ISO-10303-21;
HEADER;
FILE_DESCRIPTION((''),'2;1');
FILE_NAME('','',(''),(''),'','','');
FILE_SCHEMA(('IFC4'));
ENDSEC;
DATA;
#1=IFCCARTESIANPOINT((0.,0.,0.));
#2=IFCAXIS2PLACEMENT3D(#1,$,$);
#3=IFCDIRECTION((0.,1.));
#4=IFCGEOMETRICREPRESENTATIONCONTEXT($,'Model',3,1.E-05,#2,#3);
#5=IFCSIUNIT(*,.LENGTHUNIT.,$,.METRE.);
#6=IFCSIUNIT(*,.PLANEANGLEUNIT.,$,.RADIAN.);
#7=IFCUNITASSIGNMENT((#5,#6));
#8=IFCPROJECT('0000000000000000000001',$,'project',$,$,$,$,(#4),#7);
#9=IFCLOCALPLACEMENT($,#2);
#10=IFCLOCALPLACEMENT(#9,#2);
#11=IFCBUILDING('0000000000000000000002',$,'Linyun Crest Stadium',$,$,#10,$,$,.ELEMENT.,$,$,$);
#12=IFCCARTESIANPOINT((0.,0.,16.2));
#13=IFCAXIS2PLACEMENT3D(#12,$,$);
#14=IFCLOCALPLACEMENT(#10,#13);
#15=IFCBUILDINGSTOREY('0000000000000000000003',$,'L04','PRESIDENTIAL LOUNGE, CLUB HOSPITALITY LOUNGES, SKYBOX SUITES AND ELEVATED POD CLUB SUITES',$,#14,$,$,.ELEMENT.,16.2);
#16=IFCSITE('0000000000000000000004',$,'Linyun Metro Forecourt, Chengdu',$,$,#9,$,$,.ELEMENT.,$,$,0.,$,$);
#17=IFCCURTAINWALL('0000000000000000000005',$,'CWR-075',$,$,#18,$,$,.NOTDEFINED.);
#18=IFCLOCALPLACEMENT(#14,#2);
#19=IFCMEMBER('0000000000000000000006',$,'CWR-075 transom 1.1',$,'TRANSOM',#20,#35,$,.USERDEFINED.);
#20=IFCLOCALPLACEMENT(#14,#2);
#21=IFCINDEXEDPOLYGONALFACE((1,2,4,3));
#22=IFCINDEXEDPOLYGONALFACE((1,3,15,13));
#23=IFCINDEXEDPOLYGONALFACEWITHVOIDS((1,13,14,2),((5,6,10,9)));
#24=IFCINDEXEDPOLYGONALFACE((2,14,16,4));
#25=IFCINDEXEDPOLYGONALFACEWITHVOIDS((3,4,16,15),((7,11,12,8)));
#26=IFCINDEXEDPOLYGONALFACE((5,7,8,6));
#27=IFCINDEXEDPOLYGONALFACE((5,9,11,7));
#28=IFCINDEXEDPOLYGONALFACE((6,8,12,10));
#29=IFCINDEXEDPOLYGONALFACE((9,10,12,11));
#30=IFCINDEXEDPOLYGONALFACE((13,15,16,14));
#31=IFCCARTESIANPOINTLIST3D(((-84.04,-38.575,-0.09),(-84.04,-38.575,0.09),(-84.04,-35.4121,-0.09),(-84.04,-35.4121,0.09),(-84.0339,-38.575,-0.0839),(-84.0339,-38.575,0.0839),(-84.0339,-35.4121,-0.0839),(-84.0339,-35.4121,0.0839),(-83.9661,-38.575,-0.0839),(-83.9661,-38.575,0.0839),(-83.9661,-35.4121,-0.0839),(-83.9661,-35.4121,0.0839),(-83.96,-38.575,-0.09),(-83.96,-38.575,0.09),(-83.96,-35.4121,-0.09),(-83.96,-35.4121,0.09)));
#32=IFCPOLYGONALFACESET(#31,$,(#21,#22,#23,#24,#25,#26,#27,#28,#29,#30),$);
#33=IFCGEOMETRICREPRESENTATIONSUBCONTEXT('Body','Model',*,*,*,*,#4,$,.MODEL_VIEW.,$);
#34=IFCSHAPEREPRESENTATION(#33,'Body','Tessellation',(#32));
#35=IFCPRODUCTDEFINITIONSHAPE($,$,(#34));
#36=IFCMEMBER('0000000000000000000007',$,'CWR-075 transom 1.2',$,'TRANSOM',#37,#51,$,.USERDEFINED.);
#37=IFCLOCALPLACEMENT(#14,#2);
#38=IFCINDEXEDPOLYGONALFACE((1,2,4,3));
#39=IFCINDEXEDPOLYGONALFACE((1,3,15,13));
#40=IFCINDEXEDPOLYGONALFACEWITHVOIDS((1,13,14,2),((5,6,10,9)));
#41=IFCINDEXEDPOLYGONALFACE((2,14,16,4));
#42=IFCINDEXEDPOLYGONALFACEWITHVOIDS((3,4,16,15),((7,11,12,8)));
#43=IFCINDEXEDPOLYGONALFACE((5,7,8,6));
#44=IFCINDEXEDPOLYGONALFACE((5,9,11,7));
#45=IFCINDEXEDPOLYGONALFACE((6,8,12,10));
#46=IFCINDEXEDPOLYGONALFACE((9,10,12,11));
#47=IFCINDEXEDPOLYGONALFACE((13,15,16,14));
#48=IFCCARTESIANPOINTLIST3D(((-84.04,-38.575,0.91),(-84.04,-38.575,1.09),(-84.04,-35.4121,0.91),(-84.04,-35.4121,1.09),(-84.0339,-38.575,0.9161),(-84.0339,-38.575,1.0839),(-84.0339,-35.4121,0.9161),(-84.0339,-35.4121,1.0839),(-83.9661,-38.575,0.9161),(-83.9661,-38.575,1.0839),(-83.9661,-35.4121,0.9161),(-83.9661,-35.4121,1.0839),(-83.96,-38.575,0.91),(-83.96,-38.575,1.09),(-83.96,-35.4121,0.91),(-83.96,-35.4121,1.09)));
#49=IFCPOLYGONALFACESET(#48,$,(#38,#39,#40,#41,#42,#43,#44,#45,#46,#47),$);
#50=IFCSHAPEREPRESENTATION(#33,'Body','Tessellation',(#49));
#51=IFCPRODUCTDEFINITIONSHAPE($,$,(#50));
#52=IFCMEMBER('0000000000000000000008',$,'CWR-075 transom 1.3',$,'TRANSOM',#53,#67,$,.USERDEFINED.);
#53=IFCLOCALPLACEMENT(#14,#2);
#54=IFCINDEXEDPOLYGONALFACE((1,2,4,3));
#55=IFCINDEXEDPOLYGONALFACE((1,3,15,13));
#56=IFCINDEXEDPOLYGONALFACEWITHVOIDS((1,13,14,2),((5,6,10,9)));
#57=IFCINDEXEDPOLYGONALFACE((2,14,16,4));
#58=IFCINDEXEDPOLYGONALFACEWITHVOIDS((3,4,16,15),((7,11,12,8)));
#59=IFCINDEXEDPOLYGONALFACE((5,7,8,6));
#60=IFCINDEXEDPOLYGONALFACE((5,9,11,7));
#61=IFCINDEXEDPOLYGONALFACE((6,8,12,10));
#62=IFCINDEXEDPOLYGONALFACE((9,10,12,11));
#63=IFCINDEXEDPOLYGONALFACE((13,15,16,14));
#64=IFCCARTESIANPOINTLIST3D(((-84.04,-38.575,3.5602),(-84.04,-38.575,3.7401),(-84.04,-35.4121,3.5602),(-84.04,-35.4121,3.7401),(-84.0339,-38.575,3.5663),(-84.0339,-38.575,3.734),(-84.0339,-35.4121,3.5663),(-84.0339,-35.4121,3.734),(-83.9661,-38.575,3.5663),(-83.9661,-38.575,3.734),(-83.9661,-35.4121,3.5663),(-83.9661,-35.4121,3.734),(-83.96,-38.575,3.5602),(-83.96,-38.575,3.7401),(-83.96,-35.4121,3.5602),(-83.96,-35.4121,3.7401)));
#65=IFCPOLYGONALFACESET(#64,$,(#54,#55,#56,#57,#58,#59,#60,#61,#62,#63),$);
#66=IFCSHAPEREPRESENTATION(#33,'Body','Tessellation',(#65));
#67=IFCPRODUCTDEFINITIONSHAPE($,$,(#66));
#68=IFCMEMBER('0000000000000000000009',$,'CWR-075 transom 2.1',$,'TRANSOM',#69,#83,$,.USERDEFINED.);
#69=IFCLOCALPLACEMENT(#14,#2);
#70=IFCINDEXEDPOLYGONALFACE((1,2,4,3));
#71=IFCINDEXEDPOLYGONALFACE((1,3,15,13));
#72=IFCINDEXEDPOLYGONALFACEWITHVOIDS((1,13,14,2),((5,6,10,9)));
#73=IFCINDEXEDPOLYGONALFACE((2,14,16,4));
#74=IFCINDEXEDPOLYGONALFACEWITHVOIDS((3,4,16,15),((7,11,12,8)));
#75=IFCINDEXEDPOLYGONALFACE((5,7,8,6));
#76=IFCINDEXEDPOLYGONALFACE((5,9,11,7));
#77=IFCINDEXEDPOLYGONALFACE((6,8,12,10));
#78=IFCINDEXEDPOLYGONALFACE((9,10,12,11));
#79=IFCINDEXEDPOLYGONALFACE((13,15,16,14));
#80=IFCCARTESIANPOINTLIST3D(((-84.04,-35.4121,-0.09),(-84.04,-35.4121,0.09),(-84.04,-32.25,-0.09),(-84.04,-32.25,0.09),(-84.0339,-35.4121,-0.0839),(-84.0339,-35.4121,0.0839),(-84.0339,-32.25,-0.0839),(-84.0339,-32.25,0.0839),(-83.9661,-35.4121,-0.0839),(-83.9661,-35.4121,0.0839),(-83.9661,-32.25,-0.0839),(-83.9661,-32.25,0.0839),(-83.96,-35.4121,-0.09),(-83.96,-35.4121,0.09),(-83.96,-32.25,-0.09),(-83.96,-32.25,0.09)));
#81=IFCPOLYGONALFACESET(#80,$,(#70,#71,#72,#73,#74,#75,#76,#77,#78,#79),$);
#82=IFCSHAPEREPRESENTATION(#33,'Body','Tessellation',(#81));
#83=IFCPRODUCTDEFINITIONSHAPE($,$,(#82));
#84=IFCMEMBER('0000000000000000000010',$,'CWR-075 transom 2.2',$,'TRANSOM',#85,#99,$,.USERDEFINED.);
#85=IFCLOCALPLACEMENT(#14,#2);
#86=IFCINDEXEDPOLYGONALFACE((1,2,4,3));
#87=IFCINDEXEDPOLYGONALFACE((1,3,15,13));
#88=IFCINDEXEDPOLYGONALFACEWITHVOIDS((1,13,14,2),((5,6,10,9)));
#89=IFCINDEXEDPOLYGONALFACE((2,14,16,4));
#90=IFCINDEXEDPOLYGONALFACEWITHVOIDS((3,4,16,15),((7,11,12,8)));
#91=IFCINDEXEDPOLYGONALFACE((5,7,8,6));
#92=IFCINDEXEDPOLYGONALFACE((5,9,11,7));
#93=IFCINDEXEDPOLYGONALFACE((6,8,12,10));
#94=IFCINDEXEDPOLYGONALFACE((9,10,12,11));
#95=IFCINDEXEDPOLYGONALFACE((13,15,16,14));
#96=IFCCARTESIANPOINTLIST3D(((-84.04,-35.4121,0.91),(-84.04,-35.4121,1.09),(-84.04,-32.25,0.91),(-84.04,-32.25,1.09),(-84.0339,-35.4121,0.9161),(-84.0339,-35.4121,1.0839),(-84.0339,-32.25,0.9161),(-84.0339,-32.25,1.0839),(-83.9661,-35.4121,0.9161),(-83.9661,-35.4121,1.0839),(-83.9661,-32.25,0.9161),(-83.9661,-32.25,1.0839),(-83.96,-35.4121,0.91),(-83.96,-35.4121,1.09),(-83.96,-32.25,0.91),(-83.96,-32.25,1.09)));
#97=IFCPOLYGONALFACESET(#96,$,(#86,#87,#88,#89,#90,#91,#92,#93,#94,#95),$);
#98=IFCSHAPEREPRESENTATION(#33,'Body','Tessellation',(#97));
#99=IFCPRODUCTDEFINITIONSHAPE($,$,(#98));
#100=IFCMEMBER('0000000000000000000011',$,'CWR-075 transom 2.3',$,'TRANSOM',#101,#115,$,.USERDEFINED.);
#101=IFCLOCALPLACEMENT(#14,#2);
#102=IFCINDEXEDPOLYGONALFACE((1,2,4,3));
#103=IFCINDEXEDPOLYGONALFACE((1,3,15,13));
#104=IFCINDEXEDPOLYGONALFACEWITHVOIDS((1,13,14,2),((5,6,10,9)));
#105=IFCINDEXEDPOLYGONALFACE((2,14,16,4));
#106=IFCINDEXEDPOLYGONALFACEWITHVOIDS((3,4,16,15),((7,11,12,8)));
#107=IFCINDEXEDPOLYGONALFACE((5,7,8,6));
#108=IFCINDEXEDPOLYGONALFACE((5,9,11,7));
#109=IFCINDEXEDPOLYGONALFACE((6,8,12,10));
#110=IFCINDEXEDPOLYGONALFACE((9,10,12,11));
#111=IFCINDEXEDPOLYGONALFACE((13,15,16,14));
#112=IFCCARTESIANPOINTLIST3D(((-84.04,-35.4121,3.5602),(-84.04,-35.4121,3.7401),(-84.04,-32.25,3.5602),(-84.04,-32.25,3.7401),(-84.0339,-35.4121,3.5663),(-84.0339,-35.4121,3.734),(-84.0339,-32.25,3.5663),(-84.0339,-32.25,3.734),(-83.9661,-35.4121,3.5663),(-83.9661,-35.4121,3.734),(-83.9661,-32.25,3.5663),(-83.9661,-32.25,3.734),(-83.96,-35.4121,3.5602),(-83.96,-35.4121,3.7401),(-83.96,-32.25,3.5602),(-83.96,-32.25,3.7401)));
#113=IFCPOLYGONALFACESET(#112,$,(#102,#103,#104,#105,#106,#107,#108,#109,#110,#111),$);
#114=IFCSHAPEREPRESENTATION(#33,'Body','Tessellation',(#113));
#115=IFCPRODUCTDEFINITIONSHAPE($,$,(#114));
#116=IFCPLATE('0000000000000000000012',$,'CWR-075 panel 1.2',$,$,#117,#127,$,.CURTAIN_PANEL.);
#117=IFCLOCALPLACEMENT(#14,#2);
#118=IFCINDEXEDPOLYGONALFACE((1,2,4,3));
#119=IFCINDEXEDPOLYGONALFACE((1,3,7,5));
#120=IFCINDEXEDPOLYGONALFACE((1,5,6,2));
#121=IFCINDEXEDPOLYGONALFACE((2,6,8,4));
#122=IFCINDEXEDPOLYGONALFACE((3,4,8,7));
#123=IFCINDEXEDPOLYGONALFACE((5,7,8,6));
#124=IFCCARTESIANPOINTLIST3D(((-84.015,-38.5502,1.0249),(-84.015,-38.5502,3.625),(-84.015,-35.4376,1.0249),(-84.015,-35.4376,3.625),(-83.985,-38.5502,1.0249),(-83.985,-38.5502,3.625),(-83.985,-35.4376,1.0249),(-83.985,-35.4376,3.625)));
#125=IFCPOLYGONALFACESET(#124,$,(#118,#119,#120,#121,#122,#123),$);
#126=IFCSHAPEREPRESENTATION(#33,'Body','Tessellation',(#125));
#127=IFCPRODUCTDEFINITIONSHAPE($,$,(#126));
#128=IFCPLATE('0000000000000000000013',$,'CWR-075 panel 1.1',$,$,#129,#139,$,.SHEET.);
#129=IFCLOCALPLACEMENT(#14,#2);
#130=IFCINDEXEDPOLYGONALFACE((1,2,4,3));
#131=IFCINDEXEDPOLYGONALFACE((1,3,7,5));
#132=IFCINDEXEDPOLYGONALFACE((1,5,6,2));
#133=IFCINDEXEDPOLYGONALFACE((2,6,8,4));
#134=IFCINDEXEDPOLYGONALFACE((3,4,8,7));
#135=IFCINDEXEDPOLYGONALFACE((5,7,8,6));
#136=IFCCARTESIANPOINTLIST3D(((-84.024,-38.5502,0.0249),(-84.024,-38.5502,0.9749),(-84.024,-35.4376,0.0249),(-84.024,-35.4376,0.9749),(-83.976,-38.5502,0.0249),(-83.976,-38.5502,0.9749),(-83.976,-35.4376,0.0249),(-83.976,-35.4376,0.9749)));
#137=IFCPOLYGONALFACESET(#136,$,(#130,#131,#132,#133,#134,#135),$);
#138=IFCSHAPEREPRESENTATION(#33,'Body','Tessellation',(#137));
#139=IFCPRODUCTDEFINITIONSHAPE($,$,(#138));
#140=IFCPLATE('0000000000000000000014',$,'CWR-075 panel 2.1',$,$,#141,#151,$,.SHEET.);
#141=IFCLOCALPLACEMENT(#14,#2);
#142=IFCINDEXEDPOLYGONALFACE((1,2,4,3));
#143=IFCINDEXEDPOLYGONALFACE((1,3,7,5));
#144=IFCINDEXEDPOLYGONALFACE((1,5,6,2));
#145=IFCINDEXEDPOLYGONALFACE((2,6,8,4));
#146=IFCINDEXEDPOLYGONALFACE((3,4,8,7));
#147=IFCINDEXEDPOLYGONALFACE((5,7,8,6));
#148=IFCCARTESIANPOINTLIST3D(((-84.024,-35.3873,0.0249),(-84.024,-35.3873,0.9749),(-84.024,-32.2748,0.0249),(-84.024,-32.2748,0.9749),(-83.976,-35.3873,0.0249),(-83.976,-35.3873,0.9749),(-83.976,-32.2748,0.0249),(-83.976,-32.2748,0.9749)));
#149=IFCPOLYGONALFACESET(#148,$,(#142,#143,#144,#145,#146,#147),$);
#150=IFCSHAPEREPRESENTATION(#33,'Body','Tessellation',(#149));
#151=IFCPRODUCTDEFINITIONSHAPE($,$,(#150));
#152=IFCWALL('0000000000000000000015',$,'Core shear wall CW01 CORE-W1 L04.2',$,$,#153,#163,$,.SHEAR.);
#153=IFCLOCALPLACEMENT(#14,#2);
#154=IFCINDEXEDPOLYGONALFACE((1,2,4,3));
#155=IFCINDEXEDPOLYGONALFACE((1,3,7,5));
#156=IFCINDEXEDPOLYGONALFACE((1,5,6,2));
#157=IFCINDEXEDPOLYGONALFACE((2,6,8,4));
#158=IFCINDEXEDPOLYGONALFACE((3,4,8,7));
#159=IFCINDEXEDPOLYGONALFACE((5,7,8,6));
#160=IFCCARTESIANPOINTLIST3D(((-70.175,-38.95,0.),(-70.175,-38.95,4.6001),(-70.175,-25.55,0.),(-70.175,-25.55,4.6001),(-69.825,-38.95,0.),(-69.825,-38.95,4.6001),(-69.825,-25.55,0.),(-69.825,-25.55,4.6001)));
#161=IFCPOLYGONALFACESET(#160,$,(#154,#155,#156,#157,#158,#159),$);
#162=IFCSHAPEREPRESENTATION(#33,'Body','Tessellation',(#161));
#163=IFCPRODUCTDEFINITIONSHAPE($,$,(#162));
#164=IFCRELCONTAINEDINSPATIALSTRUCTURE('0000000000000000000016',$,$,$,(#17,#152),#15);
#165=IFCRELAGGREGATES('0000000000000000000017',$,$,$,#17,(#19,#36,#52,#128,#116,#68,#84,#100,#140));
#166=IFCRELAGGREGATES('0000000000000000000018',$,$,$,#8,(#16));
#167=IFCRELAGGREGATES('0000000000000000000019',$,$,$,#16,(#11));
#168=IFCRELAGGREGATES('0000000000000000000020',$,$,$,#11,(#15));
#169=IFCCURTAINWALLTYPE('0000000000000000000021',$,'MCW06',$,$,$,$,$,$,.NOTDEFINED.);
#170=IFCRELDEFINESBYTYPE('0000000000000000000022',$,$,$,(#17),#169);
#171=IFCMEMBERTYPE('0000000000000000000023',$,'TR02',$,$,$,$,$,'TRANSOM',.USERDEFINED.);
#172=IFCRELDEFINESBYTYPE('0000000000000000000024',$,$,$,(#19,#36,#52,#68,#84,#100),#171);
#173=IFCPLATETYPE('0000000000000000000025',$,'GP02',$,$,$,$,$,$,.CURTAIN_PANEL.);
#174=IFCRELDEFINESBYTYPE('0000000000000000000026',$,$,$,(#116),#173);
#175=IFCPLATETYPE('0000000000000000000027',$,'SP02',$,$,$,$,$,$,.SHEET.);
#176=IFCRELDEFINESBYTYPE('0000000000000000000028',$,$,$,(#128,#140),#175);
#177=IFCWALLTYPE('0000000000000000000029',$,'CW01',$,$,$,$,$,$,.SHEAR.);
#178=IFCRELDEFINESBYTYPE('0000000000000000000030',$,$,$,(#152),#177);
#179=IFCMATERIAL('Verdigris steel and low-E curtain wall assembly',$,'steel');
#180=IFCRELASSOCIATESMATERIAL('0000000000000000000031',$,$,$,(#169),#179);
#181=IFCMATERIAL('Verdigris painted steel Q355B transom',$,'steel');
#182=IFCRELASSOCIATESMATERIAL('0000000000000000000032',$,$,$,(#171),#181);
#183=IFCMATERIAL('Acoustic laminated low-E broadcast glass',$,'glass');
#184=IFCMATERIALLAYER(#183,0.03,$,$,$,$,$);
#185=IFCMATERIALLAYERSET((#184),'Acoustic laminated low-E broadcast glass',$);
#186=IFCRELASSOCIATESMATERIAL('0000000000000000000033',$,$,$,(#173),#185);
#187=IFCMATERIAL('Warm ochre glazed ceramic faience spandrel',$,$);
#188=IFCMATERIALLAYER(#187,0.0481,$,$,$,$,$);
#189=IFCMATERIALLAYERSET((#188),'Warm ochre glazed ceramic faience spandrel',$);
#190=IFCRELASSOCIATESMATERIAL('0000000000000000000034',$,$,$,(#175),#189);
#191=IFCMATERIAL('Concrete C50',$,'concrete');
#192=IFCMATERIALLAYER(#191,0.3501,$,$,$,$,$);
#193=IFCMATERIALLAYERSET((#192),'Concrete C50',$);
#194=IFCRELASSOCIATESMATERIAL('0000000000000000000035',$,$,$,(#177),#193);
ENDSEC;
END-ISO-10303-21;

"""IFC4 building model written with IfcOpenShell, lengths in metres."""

from ifc_helpers import new_model, si_unit, direction, frame, frame_2d, origin, origin_2d, place, context, subcontext, project, spatial, rectangle, hollow_rectangle, extrude, material, layer, layer_set, material_profile, profile_set, type_object, element, aggregate, save


model = new_model("IFC4")

# Units and contexts
model_context = context("Model", 3, precision=1e-05, world=origin(), true_north=direction((0.0, 1.0)))
body_context = subcontext(model_context, "Body", "Model", "MODEL_VIEW")
ifc_project = project(units=[si_unit("LENGTHUNIT", "METRE"), si_unit("PLANEANGLEUNIT", "RADIAN")], contexts=[model_context])

# Site, building, storey
site_placement = place(None, origin())
site = spatial("IfcSite", under=ifc_project, at=site_placement, Name="Linyun Metro Forecourt, Chengdu", CompositionType="ELEMENT", RefElevation=0.0)
building_placement = place(site_placement, origin())
building = spatial("IfcBuilding", under=site, at=building_placement, Name="Linyun Crest Stadium", CompositionType="ELEMENT")
storey_placement = place(building_placement, frame((0.0, 0.0, 16.2)))
storey = spatial("IfcBuildingStorey", under=building, at=storey_placement, Name="L04", Description="PRESIDENTIAL LOUNGE, CLUB HOSPITALITY LOUNGES, SKYBOX SUITES AND ELEVATED POD CLUB SUITES", CompositionType="ELEMENT", Elevation=16.2)

# Curtain wall, members, plates
ifc_material_1 = material(Name="Verdigris steel and low-E curtain wall assembly", Category="steel")
curtain_wall_type = type_object("IfcCurtainWallType", Name="MCW06", PredefinedType="NOTDEFINED", material=ifc_material_1)
curtain_wall_placement = place(storey_placement, origin())
curtain_wall = element("IfcCurtainWall", 1, at=curtain_wall_placement, inside=storey, type_object=curtain_wall_type, Name="CWR-075", PredefinedType="NOTDEFINED")
ifc_material_2 = material(Name="Verdigris painted steel Q355B transom", Category="steel")
ifc_material_profile_1 = material_profile(ifc_material_2, hollow_rectangle(XDim=0.0801, YDim=0.1799, WallThickness=0.0061, at=origin_2d()), Name="RHS 180x80x6")
ifc_profile_set_1 = profile_set([ifc_material_profile_1], Name="Verdigris painted steel Q355B transom")
member_type_1 = type_object("IfcMemberType", Name="TR02", ElementType="TRANSOM", PredefinedType="USERDEFINED", material=ifc_profile_set_1)
member_1_placement = place(storey_placement, frame((-84.0, -38.575, 0.0), z_axis=(0.0, 1.0, 0.0), x_axis=(-1.0, 0.0, 0.0)))
member_1 = element("IfcMember", 2, at=member_1_placement, type_object=member_type_1, Name="CWR-075 transom 1.1", ObjectType="TRANSOM", PredefinedType="USERDEFINED", context=body_context, shape_type="SweptSolid", body=[
    extrude(hollow_rectangle(XDim=0.0801, YDim=0.1799, WallThickness=0.0061, at=origin_2d()), origin(), (0.0, 0.0, 1.0), 3.1628),
])
member_2_placement = place(storey_placement, frame((-84.0, -38.575, 1.0), z_axis=(0.0, 1.0, 0.0), x_axis=(-1.0, 0.0, 0.0)))
member_2 = element("IfcMember", 3, at=member_2_placement, type_object=member_type_1, Name="CWR-075 transom 1.2", ObjectType="TRANSOM", PredefinedType="USERDEFINED", context=body_context, shape_type="SweptSolid", body=[
    extrude(hollow_rectangle(XDim=0.0801, YDim=0.1799, WallThickness=0.0061, at=origin_2d()), origin(), (0.0, 0.0, 1.0), 3.1628),
])
member_3_placement = place(storey_placement, frame((-84.0, -38.575, 3.6501), z_axis=(0.0, 1.0, 0.0), x_axis=(-1.0, 0.0, 0.0)))
member_3 = element("IfcMember", 4, at=member_3_placement, type_object=member_type_1, Name="CWR-075 transom 1.3", ObjectType="TRANSOM", PredefinedType="USERDEFINED", context=body_context, shape_type="SweptSolid", body=[
    extrude(hollow_rectangle(XDim=0.0801, YDim=0.1799, WallThickness=0.0061, at=origin_2d()), origin(), (0.0, 0.0, 1.0), 3.1628),
])
member_4_placement = place(storey_placement, frame((-84.0, -35.4121, 0.0), z_axis=(0.0, 1.0, 0.0), x_axis=(-1.0, 0.0, 0.0)))
member_4 = element("IfcMember", 5, at=member_4_placement, type_object=member_type_1, Name="CWR-075 transom 2.1", ObjectType="TRANSOM", PredefinedType="USERDEFINED", context=body_context, shape_type="SweptSolid", body=[
    extrude(hollow_rectangle(XDim=0.0801, YDim=0.1799, WallThickness=0.0061, at=origin_2d()), origin(), (0.0, 0.0, 1.0), 3.1621),
])
member_5_placement = place(storey_placement, frame((-84.0, -35.4121, 1.0), z_axis=(0.0, 1.0, 0.0), x_axis=(-1.0, 0.0, 0.0)))
member_5 = element("IfcMember", 6, at=member_5_placement, type_object=member_type_1, Name="CWR-075 transom 2.2", ObjectType="TRANSOM", PredefinedType="USERDEFINED", context=body_context, shape_type="SweptSolid", body=[
    extrude(hollow_rectangle(XDim=0.0801, YDim=0.1799, WallThickness=0.0061, at=origin_2d()), origin(), (0.0, 0.0, 1.0), 3.1621),
])
member_6_placement = place(storey_placement, frame((-84.0, -35.4121, 3.6501), z_axis=(0.0, 1.0, 0.0), x_axis=(-1.0, 0.0, 0.0)))
member_6 = element("IfcMember", 7, at=member_6_placement, type_object=member_type_1, Name="CWR-075 transom 2.3", ObjectType="TRANSOM", PredefinedType="USERDEFINED", context=body_context, shape_type="SweptSolid", body=[
    extrude(hollow_rectangle(XDim=0.0801, YDim=0.1799, WallThickness=0.0061, at=origin_2d()), origin(), (0.0, 0.0, 1.0), 3.1621),
])
ifc_material_3 = material(Name="Acoustic laminated low-E broadcast glass", Category="glass")
ifc_layer_1 = layer(ifc_material_3, 0.03)
ifc_layer_set_1 = layer_set([ifc_layer_1], Name="Acoustic laminated low-E broadcast glass")
plate_type_1 = type_object("IfcPlateType", Name="GP02", PredefinedType="CURTAIN_PANEL", material=ifc_layer_set_1)
plate_1_placement = place(storey_placement, frame((-84.0, -36.9939, 1.0249), z_axis=(0.0, 0.0, 1.0), x_axis=(0.0, 1.0, 0.0)))
plate_1 = element("IfcPlate", 8, at=plate_1_placement, type_object=plate_type_1, Name="CWR-075 panel 1.2", PredefinedType="CURTAIN_PANEL", context=body_context, shape_type="SweptSolid", body=[
    extrude(rectangle(XDim=3.1125, YDim=0.03, at=origin_2d()), origin(), (0.0, 0.0, 1.0), 2.6001),
])
ifc_material_4 = material(Name="Warm ochre glazed ceramic faience spandrel")
ifc_layer_2 = layer(ifc_material_4, 0.0481)
ifc_layer_set_2 = layer_set([ifc_layer_2], Name="Warm ochre glazed ceramic faience spandrel")
plate_type_2 = type_object("IfcPlateType", Name="SP02", PredefinedType="SHEET", material=ifc_layer_set_2)
plate_2_placement = place(storey_placement, frame((-84.0, -36.9939, 0.0249), z_axis=(0.0, 0.0, 1.0), x_axis=(0.0, 1.0, 0.0)))
plate_2 = element("IfcPlate", 9, at=plate_2_placement, type_object=plate_type_2, Name="CWR-075 panel 1.1", PredefinedType="SHEET", context=body_context, shape_type="SweptSolid", body=[
    extrude(rectangle(XDim=3.1125, YDim=0.0481, at=origin_2d()), origin(), (0.0, 0.0, 1.0), 0.95),
])
plate_3_placement = place(storey_placement, frame((-84.0, -33.8311, 0.0249), z_axis=(0.0, 0.0, 1.0), x_axis=(0.0, 1.0, 0.0)))
plate_3 = element("IfcPlate", 10, at=plate_3_placement, type_object=plate_type_2, Name="CWR-075 panel 2.1", PredefinedType="SHEET", context=body_context, shape_type="SweptSolid", body=[
    extrude(rectangle(XDim=3.1125, YDim=0.0481, at=origin_2d()), origin(), (0.0, 0.0, 1.0), 0.95),
])
aggregate(curtain_wall, [member_1, member_2, member_3, plate_2, plate_1, member_4, member_5, member_6, plate_3])

# Wall
ifc_material_5 = material(Name="Concrete C50", Category="concrete")
ifc_layer_3 = layer(ifc_material_5, 0.3501)
ifc_layer_set_3 = layer_set([ifc_layer_3], Name="Concrete C50")
wall_type_1 = type_object("IfcWallType", Name="CW01", PredefinedType="SHEAR", material=ifc_layer_set_3)
wall_1_placement = place(storey_placement, frame((-70.0, -38.95, 0.0), z_axis=(0.0, 0.0, 1.0), x_axis=(0.0, 1.0, 0.0)))
element("IfcWall", 11, at=wall_1_placement, inside=storey, type_object=wall_type_1, Name="Core shear wall CW01 CORE-W1 L04.2", PredefinedType="SHEAR", context=body_context, shape_type="SweptSolid", body=[
    extrude(rectangle(XDim=13.3999, YDim=0.3501, at=frame_2d((6.7, 0.0))), origin(), (0.0, 0.0, 1.0), 4.6001),
])

save(model, "model.ifc")
